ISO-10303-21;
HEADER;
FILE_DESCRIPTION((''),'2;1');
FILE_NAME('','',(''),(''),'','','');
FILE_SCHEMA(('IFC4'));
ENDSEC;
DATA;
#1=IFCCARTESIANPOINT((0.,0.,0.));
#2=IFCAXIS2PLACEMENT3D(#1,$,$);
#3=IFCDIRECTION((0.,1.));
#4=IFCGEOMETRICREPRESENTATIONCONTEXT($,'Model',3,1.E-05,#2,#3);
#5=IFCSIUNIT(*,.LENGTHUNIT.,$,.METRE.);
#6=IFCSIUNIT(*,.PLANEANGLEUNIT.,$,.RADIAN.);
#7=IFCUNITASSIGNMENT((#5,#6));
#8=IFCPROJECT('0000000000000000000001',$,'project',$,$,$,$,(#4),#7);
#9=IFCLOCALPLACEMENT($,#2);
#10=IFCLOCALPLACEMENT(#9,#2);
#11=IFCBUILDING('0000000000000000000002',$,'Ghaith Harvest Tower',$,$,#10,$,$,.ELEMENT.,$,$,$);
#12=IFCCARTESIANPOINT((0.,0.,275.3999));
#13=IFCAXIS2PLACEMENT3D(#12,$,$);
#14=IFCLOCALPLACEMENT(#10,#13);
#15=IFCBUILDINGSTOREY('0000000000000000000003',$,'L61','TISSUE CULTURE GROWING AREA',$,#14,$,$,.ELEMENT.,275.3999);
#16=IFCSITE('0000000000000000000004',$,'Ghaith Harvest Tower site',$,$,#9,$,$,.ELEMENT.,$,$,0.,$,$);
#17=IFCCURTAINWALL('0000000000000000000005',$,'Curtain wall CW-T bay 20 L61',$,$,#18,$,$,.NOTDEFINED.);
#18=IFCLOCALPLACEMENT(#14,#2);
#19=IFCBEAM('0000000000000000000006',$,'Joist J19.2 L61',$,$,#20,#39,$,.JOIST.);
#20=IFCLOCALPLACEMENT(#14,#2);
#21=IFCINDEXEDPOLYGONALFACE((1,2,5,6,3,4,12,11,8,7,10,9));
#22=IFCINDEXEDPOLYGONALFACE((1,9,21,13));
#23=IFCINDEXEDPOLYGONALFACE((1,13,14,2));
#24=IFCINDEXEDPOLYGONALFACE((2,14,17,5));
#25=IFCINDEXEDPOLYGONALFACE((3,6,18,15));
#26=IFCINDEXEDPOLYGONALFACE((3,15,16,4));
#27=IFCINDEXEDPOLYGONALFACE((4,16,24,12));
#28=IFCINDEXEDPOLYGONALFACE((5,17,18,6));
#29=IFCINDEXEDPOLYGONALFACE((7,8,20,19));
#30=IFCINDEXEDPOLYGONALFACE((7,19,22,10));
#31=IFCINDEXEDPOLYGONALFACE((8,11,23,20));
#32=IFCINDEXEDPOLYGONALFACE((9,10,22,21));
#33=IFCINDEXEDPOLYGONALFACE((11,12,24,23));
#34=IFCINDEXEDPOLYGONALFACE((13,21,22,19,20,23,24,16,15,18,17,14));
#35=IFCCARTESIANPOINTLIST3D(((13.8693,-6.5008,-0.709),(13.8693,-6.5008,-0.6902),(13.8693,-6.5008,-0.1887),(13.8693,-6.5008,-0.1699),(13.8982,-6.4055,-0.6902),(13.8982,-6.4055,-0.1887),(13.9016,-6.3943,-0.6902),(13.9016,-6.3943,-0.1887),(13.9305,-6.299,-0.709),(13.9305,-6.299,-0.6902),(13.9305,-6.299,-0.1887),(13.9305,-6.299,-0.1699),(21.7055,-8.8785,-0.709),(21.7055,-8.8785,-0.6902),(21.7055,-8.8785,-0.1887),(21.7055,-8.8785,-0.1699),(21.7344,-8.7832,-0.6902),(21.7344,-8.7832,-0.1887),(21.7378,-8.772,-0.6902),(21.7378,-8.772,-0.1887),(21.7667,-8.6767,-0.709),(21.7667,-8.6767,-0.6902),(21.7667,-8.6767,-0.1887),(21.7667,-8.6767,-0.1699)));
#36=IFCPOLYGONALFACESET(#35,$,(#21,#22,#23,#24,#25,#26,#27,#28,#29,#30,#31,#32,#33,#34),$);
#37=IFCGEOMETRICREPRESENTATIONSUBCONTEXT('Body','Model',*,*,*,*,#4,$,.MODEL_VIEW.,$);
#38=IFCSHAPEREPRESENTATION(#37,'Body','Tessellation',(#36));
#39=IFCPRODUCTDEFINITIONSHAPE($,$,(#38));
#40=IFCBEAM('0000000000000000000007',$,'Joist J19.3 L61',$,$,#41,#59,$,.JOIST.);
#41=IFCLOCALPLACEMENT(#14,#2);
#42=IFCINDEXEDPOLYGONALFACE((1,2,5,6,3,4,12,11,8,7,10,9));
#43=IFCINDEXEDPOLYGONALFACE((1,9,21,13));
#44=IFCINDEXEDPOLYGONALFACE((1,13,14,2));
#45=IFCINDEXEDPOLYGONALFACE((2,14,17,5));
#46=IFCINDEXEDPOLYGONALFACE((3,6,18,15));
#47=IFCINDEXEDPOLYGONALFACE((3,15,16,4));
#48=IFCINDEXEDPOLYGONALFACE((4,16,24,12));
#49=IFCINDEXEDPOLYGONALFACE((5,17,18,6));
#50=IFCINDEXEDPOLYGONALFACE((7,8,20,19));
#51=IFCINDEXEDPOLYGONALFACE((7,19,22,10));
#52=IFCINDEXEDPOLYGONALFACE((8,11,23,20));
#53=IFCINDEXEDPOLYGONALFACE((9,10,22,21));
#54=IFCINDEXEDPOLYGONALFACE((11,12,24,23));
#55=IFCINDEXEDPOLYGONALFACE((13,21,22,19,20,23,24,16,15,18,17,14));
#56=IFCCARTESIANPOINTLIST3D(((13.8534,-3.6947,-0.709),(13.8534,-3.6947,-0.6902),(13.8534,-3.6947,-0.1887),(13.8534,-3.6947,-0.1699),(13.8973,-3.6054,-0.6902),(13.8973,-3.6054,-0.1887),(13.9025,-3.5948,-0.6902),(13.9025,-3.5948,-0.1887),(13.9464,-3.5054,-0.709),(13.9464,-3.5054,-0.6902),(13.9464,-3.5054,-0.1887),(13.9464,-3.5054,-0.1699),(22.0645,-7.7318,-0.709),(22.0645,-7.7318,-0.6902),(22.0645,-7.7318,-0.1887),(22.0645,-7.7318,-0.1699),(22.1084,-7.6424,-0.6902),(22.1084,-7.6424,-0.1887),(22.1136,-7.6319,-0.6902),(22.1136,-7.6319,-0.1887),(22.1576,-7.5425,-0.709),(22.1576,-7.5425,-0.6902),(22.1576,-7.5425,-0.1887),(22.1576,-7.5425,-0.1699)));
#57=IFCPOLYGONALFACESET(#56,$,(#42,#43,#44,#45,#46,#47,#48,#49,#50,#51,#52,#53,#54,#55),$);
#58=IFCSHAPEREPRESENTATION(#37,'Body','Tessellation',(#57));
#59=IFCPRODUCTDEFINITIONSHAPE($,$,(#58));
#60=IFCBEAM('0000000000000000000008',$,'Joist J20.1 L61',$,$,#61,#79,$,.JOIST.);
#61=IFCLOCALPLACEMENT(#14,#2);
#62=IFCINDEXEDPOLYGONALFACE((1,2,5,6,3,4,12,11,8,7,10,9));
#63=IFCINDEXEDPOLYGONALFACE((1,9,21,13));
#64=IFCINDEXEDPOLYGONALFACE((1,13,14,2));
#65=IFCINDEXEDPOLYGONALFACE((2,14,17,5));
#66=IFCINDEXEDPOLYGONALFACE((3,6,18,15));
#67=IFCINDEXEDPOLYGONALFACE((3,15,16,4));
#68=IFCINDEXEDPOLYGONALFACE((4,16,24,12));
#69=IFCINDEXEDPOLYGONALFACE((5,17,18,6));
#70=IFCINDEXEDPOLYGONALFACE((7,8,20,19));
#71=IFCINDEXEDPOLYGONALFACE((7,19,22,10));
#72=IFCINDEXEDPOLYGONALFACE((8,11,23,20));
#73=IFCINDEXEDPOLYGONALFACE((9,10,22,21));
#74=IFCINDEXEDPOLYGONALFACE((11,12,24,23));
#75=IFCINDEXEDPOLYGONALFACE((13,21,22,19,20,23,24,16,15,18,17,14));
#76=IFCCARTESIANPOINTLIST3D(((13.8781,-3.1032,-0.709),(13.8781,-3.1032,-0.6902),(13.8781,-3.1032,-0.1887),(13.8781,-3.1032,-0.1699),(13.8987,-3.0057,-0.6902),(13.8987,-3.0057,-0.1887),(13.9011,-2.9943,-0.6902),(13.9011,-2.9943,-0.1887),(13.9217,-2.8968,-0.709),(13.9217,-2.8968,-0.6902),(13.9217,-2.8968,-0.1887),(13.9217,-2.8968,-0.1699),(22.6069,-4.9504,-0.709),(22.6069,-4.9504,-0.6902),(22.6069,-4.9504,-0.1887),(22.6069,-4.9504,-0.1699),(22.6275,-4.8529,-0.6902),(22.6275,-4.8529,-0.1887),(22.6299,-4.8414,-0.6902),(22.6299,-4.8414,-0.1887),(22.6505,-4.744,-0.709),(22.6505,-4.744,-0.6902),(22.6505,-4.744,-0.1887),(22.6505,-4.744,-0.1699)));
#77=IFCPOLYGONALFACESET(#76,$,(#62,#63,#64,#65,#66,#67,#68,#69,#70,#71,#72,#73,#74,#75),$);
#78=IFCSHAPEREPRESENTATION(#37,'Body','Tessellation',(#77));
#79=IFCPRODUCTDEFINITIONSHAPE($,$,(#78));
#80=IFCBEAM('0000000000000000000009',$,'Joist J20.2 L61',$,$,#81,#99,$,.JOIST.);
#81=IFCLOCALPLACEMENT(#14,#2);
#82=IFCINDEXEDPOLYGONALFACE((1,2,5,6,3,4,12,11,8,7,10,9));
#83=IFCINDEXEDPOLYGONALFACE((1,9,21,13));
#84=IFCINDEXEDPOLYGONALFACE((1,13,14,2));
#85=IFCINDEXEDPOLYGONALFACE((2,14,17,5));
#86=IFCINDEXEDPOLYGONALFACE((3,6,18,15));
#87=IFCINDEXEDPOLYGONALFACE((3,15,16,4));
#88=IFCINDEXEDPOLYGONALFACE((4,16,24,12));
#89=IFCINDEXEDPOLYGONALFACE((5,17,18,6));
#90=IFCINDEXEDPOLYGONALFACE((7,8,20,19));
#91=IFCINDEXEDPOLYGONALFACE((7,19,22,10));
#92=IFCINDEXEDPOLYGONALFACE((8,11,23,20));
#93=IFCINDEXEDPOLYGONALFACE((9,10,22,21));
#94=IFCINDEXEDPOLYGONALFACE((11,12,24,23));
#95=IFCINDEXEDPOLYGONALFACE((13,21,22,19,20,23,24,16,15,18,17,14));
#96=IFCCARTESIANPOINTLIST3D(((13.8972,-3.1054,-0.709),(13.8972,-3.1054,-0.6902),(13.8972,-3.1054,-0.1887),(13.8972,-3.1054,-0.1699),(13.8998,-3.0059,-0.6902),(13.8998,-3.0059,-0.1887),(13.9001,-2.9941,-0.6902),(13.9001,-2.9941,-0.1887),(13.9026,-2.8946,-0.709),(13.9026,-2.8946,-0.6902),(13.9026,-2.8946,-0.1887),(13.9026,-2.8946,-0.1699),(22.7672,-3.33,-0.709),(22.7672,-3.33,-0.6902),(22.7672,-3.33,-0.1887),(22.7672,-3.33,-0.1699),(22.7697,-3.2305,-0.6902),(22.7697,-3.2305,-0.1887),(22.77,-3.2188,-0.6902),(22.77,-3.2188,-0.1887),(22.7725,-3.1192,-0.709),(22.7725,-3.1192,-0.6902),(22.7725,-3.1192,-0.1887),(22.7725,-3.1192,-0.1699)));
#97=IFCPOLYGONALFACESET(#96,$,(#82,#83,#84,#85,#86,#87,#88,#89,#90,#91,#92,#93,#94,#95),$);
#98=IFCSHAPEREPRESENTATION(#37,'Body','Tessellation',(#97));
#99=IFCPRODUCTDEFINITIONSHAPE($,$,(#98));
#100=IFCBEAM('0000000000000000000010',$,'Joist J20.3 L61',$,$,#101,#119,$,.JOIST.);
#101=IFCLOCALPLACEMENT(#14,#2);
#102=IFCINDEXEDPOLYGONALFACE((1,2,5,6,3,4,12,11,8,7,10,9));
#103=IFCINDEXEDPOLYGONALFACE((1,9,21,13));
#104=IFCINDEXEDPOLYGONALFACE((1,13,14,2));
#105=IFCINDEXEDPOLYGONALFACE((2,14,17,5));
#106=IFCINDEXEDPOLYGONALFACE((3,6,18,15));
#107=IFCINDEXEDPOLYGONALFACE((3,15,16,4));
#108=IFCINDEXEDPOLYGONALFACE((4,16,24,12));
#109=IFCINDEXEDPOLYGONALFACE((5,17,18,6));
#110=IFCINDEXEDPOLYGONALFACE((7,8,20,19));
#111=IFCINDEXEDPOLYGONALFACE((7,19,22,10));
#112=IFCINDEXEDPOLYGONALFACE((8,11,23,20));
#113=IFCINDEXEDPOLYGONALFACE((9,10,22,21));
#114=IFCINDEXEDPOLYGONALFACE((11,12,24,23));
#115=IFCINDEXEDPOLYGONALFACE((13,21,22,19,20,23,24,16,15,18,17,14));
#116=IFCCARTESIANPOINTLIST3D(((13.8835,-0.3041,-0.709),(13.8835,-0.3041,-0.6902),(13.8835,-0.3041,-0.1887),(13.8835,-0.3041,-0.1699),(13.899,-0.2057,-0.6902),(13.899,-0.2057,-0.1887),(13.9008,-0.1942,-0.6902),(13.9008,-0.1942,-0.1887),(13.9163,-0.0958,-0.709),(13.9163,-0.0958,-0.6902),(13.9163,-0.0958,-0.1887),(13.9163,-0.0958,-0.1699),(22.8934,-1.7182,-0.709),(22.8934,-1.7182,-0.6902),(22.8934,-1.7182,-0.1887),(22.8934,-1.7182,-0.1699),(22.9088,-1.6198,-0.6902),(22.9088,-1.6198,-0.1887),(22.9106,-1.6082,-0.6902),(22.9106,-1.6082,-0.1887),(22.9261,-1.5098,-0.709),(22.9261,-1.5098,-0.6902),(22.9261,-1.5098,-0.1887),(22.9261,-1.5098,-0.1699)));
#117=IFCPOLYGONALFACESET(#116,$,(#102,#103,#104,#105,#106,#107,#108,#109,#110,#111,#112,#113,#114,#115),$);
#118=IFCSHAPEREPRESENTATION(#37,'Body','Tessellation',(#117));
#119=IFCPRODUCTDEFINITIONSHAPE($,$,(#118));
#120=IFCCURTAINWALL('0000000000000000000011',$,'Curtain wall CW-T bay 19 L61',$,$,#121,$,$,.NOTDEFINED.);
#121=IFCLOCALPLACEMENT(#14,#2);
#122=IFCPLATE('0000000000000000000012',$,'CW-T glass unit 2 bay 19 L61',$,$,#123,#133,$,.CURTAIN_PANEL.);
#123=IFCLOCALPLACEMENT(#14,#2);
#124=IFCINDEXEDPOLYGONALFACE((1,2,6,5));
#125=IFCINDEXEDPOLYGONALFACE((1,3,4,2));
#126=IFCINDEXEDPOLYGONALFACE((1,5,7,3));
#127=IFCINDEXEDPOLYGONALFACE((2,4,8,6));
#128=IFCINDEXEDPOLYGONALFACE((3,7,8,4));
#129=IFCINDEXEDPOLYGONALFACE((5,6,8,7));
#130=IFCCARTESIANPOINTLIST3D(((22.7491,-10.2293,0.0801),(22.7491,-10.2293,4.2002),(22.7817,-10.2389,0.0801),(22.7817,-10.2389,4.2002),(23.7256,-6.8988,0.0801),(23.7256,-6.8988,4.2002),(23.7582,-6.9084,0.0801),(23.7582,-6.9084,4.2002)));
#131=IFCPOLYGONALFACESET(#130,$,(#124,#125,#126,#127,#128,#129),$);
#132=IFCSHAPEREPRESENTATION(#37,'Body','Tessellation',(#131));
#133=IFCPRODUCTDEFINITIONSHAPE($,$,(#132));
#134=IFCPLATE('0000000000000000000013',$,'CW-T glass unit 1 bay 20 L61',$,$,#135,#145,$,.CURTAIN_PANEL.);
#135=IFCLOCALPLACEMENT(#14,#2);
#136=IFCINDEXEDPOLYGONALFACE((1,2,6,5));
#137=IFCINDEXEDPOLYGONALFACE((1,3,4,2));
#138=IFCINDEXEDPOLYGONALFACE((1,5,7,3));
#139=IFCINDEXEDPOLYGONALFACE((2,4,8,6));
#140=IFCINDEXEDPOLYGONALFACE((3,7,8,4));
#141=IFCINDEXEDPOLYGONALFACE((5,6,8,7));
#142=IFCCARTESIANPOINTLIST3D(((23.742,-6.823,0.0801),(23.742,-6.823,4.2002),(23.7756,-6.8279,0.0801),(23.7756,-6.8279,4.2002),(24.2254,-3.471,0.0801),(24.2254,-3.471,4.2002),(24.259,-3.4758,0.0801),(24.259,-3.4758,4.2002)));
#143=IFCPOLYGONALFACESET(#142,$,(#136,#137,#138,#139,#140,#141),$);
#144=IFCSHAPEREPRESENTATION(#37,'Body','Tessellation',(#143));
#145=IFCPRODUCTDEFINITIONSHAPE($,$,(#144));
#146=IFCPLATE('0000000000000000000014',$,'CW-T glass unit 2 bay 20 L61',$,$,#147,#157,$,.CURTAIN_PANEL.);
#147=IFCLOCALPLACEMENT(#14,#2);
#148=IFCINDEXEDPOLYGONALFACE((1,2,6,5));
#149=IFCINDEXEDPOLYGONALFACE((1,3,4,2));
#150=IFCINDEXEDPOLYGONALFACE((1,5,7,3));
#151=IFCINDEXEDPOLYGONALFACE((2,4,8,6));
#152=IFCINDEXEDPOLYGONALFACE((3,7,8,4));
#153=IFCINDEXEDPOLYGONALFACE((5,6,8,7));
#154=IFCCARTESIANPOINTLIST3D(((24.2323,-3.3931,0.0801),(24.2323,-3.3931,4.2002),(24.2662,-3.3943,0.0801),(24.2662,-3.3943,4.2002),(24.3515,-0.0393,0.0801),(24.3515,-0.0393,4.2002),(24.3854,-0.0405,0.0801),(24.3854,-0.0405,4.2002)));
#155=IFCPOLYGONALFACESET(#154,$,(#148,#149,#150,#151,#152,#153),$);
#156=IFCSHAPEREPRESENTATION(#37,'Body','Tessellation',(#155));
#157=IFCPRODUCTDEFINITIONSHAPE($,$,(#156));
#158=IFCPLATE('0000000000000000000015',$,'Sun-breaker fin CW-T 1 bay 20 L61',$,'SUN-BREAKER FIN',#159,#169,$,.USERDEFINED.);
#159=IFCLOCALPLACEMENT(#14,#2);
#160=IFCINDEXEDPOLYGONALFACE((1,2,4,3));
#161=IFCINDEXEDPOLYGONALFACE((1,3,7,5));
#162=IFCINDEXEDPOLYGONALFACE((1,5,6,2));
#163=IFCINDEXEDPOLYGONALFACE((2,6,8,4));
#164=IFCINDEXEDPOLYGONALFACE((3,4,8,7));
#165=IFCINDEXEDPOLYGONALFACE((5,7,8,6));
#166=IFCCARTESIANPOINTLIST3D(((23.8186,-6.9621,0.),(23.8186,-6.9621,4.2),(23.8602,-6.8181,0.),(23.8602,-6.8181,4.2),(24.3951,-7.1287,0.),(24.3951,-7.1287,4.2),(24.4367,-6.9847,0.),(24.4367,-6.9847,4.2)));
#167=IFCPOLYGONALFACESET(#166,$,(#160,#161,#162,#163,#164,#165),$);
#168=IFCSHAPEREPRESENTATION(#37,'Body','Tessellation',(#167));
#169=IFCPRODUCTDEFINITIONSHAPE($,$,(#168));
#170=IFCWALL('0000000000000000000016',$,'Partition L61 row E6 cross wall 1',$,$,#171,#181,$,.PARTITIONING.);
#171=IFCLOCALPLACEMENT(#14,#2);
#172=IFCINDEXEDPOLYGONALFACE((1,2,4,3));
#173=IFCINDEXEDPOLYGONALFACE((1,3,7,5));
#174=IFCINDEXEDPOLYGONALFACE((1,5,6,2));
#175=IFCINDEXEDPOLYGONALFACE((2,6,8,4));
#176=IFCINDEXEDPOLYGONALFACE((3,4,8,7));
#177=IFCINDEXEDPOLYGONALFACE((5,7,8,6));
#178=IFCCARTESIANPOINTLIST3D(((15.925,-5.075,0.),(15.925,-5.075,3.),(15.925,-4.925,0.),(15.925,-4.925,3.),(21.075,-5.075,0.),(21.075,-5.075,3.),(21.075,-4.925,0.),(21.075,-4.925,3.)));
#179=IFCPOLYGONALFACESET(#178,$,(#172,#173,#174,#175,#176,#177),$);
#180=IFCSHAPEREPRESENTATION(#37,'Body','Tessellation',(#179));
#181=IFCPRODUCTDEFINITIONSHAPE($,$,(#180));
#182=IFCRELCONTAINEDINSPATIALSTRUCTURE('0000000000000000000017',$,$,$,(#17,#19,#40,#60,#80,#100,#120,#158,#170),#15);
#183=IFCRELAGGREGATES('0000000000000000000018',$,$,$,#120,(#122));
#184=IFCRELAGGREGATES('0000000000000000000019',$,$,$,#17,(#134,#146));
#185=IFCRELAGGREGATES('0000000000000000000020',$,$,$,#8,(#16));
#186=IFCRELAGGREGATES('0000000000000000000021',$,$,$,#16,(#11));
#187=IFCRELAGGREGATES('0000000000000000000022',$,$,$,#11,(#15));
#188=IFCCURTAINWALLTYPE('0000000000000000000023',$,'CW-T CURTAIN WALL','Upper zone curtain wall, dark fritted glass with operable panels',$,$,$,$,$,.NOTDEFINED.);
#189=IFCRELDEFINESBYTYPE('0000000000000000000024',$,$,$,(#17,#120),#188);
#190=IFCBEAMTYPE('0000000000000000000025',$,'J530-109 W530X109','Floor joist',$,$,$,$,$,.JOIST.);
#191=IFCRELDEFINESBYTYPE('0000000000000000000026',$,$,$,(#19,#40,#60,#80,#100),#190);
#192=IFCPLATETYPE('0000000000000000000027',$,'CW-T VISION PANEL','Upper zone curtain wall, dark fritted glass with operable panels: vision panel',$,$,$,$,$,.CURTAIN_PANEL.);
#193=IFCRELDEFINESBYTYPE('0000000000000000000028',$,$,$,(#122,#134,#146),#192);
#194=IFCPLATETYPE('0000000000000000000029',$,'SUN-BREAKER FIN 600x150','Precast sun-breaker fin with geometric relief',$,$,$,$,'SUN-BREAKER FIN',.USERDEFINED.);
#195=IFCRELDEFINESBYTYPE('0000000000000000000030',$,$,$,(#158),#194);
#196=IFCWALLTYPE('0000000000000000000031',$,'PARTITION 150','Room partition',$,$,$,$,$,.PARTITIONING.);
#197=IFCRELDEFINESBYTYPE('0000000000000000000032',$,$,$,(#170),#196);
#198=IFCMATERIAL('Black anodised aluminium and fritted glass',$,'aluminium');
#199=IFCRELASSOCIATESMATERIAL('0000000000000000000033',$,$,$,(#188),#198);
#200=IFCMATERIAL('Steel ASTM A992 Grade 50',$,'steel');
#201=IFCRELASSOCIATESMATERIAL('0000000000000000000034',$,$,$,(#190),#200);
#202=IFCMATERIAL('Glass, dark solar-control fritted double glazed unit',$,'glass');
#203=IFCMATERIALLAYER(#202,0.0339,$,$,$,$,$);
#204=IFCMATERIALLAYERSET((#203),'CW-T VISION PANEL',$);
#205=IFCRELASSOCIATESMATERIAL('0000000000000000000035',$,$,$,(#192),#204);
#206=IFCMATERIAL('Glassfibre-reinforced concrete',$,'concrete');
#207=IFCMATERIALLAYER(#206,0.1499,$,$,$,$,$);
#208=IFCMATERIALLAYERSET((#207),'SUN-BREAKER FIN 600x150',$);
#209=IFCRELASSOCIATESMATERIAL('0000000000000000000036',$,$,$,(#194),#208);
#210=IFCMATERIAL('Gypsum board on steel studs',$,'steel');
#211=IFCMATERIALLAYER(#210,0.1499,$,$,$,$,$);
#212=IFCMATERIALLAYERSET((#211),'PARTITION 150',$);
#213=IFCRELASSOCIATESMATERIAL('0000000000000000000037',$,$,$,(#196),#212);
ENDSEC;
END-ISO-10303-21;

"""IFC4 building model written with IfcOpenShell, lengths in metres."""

from ifc_helpers import new_model, si_unit, direction, frame, frame_2d, origin, origin_2d, place, context, subcontext, project, spatial, rectangle, i_section, extrude, material, layer, layer_set, material_profile, profile_set, type_object, element, aggregate, save


model = new_model("IFC4")

# Units and contexts
model_context = context("Model", 3, precision=1e-05, world=origin(), true_north=direction((0.0, 1.0)))
body_context = subcontext(model_context, "Body", "Model", "MODEL_VIEW")
ifc_project = project(units=[si_unit("LENGTHUNIT", "METRE"), si_unit("PLANEANGLEUNIT", "RADIAN")], contexts=[model_context])

# Site, building, storey
site_placement = place(None, origin())
site = spatial("IfcSite", under=ifc_project, at=site_placement, Name="Ghaith Harvest Tower site", CompositionType="ELEMENT", RefElevation=0.0)
building_placement = place(site_placement, origin())
building = spatial("IfcBuilding", under=site, at=building_placement, Name="Ghaith Harvest Tower", CompositionType="ELEMENT")
storey_placement = place(building_placement, frame((0.0, 0.0, 275.3999)))
storey = spatial("IfcBuildingStorey", under=building, at=storey_placement, Name="L61", Description="TISSUE CULTURE GROWING AREA", CompositionType="ELEMENT", Elevation=275.3999)

# Curtain wall
ifc_material_1 = material(Name="Black anodised aluminium and fritted glass", Category="aluminium")
curtain_wall_type = type_object("IfcCurtainWallType", Name="CW-T CURTAIN WALL", Description="Upper zone curtain wall, dark fritted glass with operable panels", PredefinedType="NOTDEFINED", material=ifc_material_1)
curtain_wall_1_placement = place(storey_placement, origin())
curtain_wall_1 = element("IfcCurtainWall", 1, at=curtain_wall_1_placement, inside=storey, type_object=curtain_wall_type, Name="Curtain wall CW-T bay 20 L61", PredefinedType="NOTDEFINED")

# Beams
ifc_material_2 = material(Name="Steel ASTM A992 Grade 50", Category="steel")
ifc_material_profile_1 = material_profile(ifc_material_2, i_section(OverallWidth=0.2109, OverallDepth=0.5391, WebThickness=0.0117, FlangeThickness=0.0188, at=origin_2d()), Name="W530X109")
ifc_profile_set_1 = profile_set([ifc_material_profile_1], Name="Steel ASTM A992 Grade 50")
beam_type_1 = type_object("IfcBeamType", Name="J530-109 W530X109", Description="Floor joist", PredefinedType="JOIST", material=ifc_profile_set_1)
beam_1_placement = place(storey_placement, frame((13.8999, -6.3999, -0.4395), z_axis=(0.95692, -0.290352, 0.0), x_axis=(0.290352, 0.95692, 0.0)))
element("IfcBeam", 2, at=beam_1_placement, inside=storey, type_object=beam_type_1, Name="Joist J19.2 L61", PredefinedType="JOIST", context=body_context, shape_type="SweptSolid", body=[
    extrude(i_section(OverallWidth=0.2109, OverallDepth=0.5391, WebThickness=0.0117, FlangeThickness=0.0188, at=origin_2d()), origin(), (0.0, 0.0, 1.0), 8.189),
])
beam_2_placement = place(storey_placement, frame((13.8999, -3.6001, -0.4395), z_axis=(0.897401, -0.441216, 0.0), x_axis=(0.441216, 0.897401, 0.0)))
element("IfcBeam", 3, at=beam_2_placement, inside=storey, type_object=beam_type_1, Name="Joist J19.3 L61", PredefinedType="JOIST", context=body_context, shape_type="SweptSolid", body=[
    extrude(i_section(OverallWidth=0.2109, OverallDepth=0.5391, WebThickness=0.0117, FlangeThickness=0.0188, at=origin_2d()), origin(), (0.0, 0.0, 1.0), 9.1499),
])
beam_3_placement = place(storey_placement, frame((13.8999, -3.0, -0.4395), z_axis=(0.978334, -0.207034, 0.0), x_axis=(0.207034, 0.978334, 0.0)))
element("IfcBeam", 4, at=beam_3_placement, inside=storey, type_object=beam_type_1, Name="Joist J20.1 L61", PredefinedType="JOIST", context=body_context, shape_type="SweptSolid", body=[
    extrude(i_section(OverallWidth=0.2109, OverallDepth=0.5391, WebThickness=0.0117, FlangeThickness=0.0188, at=origin_2d()), origin(), (0.0, 0.0, 1.0), 8.9221),
])
beam_4_placement = place(storey_placement, frame((13.8999, -3.0, -0.4395), z_axis=(0.99968, -0.025315, 0.0), x_axis=(0.025315, 0.99968, 0.0)))
element("IfcBeam", 5, at=beam_4_placement, inside=storey, type_object=beam_type_1, Name="Joist J20.2 L61", PredefinedType="JOIST", context=body_context, shape_type="SweptSolid", body=[
    extrude(i_section(OverallWidth=0.2109, OverallDepth=0.5391, WebThickness=0.0117, FlangeThickness=0.0188, at=origin_2d()), origin(), (0.0, 0.0, 1.0), 8.8728),
])
beam_5_placement = place(storey_placement, frame((13.8999, -0.2, -0.4395), z_axis=(0.987907, -0.15505, 0.0), x_axis=(0.15505, 0.987907, 0.0)))
element("IfcBeam", 6, at=beam_5_placement, inside=storey, type_object=beam_type_1, Name="Joist J20.3 L61", PredefinedType="JOIST", context=body_context, shape_type="SweptSolid", body=[
    extrude(i_section(OverallWidth=0.2109, OverallDepth=0.5391, WebThickness=0.0117, FlangeThickness=0.0188, at=origin_2d()), origin(), (0.0, 0.0, 1.0), 9.1201),
])

# Curtain wall, plate
curtain_wall_2_placement = place(storey_placement, origin())
curtain_wall_2 = element("IfcCurtainWall", 7, at=curtain_wall_2_placement, inside=storey, type_object=curtain_wall_type, Name="Curtain wall CW-T bay 19 L61", PredefinedType="NOTDEFINED")
ifc_material_3 = material(Name="Glass, dark solar-control fritted double glazed unit", Category="glass")
ifc_layer_1 = layer(ifc_material_3, 0.0339)
ifc_layer_set_1 = layer_set([ifc_layer_1], Name="CW-T VISION PANEL")
plate_type_1 = type_object("IfcPlateType", Name="CW-T VISION PANEL", Description="Upper zone curtain wall, dark fritted glass with operable panels: vision panel", PredefinedType="CURTAIN_PANEL", material=ifc_layer_set_1)
plate_1_placement = place(storey_placement, frame((23.2537, -8.5688, 0.0801), z_axis=(0.0, 0.0, 1.0), x_axis=(0.281345, 0.959607, 0.0)))
plate_1 = element("IfcPlate", 8, at=plate_1_placement, type_object=plate_type_1, Name="CW-T glass unit 2 bay 19 L61", PredefinedType="CURTAIN_PANEL", context=body_context, shape_type="SweptSolid", body=[
    extrude(rectangle(XDim=3.4707, YDim=0.0339, at=origin_2d()), origin(), (0.0, 0.0, 1.0), 4.1201),
])
aggregate(curtain_wall_2, [plate_1])

# Plates
plate_2_placement = place(storey_placement, frame((24.0005, -5.1494, 0.0801), z_axis=(0.0, 0.0, 1.0), x_axis=(0.14273, 0.989762, 0.0)))
plate_2 = element("IfcPlate", 9, at=plate_2_placement, type_object=plate_type_1, Name="CW-T glass unit 1 bay 20 L61", PredefinedType="CURTAIN_PANEL", context=body_context, shape_type="SweptSolid", body=[
    extrude(rectangle(XDim=3.3867, YDim=0.0339, at=origin_2d()), origin(), (0.0, 0.0, 1.0), 4.1201),
])
plate_3_placement = place(storey_placement, frame((24.3088, -1.7168, 0.0801), z_axis=(0.0, 0.0, 1.0), x_axis=(0.035536, 0.999368, 0.0)))
plate_3 = element("IfcPlate", 10, at=plate_3_placement, type_object=plate_type_1, Name="CW-T glass unit 2 bay 20 L61", PredefinedType="CURTAIN_PANEL", context=body_context, shape_type="SweptSolid", body=[
    extrude(rectangle(XDim=3.356, YDim=0.0339, at=origin_2d()), origin(), (0.0, 0.0, 1.0), 4.1201),
])
aggregate(curtain_wall_1, [plate_2, plate_3])
ifc_material_4 = material(Name="Glassfibre-reinforced concrete", Category="concrete")
ifc_layer_2 = layer(ifc_material_4, 0.1499)
ifc_layer_set_2 = layer_set([ifc_layer_2], Name="SUN-BREAKER FIN 600x150")
plate_type_2 = type_object("IfcPlateType", Name="SUN-BREAKER FIN 600x150", Description="Precast sun-breaker fin with geometric relief", ElementType="SUN-BREAKER FIN", PredefinedType="USERDEFINED", material=ifc_layer_set_2)
plate_4_placement = place(storey_placement, frame((24.1277, -6.9734, 0.0), z_axis=(0.0, 0.0, 1.0), x_axis=(0.96068, -0.277657, 0.0)))
element("IfcPlate", 11, at=plate_4_placement, inside=storey, type_object=plate_type_2, Name="Sun-breaker fin CW-T 1 bay 20 L61", ObjectType="SUN-BREAKER FIN", PredefinedType="USERDEFINED", context=body_context, shape_type="SweptSolid", body=[
    extrude(rectangle(XDim=0.6001, YDim=0.1499, at=origin_2d()), origin(), (0.0, 0.0, 1.0), 4.2),
])

# Wall
ifc_material_5 = material(Name="Gypsum board on steel studs", Category="steel")
ifc_layer_3 = layer(ifc_material_5, 0.1499)
ifc_layer_set_3 = layer_set([ifc_layer_3], Name="PARTITION 150")
wall_type_1 = type_object("IfcWallType", Name="PARTITION 150", Description="Room partition", PredefinedType="PARTITIONING", material=ifc_layer_set_3)
wall_1_placement = place(storey_placement, frame((15.925, -5.0, 0.0), z_axis=(0.0, 0.0, 1.0), x_axis=(1.0, 0.0, 0.0)))
element("IfcWall", 12, at=wall_1_placement, inside=storey, type_object=wall_type_1, Name="Partition L61 row E6 cross wall 1", PredefinedType="PARTITIONING", context=body_context, shape_type="SweptSolid", body=[
    extrude(rectangle(XDim=5.1499, YDim=0.1499, at=frame_2d((2.575, 0.0))), origin(), (0.0, 0.0, 1.0), 3.0),
])

save(model, "model.ifc")
